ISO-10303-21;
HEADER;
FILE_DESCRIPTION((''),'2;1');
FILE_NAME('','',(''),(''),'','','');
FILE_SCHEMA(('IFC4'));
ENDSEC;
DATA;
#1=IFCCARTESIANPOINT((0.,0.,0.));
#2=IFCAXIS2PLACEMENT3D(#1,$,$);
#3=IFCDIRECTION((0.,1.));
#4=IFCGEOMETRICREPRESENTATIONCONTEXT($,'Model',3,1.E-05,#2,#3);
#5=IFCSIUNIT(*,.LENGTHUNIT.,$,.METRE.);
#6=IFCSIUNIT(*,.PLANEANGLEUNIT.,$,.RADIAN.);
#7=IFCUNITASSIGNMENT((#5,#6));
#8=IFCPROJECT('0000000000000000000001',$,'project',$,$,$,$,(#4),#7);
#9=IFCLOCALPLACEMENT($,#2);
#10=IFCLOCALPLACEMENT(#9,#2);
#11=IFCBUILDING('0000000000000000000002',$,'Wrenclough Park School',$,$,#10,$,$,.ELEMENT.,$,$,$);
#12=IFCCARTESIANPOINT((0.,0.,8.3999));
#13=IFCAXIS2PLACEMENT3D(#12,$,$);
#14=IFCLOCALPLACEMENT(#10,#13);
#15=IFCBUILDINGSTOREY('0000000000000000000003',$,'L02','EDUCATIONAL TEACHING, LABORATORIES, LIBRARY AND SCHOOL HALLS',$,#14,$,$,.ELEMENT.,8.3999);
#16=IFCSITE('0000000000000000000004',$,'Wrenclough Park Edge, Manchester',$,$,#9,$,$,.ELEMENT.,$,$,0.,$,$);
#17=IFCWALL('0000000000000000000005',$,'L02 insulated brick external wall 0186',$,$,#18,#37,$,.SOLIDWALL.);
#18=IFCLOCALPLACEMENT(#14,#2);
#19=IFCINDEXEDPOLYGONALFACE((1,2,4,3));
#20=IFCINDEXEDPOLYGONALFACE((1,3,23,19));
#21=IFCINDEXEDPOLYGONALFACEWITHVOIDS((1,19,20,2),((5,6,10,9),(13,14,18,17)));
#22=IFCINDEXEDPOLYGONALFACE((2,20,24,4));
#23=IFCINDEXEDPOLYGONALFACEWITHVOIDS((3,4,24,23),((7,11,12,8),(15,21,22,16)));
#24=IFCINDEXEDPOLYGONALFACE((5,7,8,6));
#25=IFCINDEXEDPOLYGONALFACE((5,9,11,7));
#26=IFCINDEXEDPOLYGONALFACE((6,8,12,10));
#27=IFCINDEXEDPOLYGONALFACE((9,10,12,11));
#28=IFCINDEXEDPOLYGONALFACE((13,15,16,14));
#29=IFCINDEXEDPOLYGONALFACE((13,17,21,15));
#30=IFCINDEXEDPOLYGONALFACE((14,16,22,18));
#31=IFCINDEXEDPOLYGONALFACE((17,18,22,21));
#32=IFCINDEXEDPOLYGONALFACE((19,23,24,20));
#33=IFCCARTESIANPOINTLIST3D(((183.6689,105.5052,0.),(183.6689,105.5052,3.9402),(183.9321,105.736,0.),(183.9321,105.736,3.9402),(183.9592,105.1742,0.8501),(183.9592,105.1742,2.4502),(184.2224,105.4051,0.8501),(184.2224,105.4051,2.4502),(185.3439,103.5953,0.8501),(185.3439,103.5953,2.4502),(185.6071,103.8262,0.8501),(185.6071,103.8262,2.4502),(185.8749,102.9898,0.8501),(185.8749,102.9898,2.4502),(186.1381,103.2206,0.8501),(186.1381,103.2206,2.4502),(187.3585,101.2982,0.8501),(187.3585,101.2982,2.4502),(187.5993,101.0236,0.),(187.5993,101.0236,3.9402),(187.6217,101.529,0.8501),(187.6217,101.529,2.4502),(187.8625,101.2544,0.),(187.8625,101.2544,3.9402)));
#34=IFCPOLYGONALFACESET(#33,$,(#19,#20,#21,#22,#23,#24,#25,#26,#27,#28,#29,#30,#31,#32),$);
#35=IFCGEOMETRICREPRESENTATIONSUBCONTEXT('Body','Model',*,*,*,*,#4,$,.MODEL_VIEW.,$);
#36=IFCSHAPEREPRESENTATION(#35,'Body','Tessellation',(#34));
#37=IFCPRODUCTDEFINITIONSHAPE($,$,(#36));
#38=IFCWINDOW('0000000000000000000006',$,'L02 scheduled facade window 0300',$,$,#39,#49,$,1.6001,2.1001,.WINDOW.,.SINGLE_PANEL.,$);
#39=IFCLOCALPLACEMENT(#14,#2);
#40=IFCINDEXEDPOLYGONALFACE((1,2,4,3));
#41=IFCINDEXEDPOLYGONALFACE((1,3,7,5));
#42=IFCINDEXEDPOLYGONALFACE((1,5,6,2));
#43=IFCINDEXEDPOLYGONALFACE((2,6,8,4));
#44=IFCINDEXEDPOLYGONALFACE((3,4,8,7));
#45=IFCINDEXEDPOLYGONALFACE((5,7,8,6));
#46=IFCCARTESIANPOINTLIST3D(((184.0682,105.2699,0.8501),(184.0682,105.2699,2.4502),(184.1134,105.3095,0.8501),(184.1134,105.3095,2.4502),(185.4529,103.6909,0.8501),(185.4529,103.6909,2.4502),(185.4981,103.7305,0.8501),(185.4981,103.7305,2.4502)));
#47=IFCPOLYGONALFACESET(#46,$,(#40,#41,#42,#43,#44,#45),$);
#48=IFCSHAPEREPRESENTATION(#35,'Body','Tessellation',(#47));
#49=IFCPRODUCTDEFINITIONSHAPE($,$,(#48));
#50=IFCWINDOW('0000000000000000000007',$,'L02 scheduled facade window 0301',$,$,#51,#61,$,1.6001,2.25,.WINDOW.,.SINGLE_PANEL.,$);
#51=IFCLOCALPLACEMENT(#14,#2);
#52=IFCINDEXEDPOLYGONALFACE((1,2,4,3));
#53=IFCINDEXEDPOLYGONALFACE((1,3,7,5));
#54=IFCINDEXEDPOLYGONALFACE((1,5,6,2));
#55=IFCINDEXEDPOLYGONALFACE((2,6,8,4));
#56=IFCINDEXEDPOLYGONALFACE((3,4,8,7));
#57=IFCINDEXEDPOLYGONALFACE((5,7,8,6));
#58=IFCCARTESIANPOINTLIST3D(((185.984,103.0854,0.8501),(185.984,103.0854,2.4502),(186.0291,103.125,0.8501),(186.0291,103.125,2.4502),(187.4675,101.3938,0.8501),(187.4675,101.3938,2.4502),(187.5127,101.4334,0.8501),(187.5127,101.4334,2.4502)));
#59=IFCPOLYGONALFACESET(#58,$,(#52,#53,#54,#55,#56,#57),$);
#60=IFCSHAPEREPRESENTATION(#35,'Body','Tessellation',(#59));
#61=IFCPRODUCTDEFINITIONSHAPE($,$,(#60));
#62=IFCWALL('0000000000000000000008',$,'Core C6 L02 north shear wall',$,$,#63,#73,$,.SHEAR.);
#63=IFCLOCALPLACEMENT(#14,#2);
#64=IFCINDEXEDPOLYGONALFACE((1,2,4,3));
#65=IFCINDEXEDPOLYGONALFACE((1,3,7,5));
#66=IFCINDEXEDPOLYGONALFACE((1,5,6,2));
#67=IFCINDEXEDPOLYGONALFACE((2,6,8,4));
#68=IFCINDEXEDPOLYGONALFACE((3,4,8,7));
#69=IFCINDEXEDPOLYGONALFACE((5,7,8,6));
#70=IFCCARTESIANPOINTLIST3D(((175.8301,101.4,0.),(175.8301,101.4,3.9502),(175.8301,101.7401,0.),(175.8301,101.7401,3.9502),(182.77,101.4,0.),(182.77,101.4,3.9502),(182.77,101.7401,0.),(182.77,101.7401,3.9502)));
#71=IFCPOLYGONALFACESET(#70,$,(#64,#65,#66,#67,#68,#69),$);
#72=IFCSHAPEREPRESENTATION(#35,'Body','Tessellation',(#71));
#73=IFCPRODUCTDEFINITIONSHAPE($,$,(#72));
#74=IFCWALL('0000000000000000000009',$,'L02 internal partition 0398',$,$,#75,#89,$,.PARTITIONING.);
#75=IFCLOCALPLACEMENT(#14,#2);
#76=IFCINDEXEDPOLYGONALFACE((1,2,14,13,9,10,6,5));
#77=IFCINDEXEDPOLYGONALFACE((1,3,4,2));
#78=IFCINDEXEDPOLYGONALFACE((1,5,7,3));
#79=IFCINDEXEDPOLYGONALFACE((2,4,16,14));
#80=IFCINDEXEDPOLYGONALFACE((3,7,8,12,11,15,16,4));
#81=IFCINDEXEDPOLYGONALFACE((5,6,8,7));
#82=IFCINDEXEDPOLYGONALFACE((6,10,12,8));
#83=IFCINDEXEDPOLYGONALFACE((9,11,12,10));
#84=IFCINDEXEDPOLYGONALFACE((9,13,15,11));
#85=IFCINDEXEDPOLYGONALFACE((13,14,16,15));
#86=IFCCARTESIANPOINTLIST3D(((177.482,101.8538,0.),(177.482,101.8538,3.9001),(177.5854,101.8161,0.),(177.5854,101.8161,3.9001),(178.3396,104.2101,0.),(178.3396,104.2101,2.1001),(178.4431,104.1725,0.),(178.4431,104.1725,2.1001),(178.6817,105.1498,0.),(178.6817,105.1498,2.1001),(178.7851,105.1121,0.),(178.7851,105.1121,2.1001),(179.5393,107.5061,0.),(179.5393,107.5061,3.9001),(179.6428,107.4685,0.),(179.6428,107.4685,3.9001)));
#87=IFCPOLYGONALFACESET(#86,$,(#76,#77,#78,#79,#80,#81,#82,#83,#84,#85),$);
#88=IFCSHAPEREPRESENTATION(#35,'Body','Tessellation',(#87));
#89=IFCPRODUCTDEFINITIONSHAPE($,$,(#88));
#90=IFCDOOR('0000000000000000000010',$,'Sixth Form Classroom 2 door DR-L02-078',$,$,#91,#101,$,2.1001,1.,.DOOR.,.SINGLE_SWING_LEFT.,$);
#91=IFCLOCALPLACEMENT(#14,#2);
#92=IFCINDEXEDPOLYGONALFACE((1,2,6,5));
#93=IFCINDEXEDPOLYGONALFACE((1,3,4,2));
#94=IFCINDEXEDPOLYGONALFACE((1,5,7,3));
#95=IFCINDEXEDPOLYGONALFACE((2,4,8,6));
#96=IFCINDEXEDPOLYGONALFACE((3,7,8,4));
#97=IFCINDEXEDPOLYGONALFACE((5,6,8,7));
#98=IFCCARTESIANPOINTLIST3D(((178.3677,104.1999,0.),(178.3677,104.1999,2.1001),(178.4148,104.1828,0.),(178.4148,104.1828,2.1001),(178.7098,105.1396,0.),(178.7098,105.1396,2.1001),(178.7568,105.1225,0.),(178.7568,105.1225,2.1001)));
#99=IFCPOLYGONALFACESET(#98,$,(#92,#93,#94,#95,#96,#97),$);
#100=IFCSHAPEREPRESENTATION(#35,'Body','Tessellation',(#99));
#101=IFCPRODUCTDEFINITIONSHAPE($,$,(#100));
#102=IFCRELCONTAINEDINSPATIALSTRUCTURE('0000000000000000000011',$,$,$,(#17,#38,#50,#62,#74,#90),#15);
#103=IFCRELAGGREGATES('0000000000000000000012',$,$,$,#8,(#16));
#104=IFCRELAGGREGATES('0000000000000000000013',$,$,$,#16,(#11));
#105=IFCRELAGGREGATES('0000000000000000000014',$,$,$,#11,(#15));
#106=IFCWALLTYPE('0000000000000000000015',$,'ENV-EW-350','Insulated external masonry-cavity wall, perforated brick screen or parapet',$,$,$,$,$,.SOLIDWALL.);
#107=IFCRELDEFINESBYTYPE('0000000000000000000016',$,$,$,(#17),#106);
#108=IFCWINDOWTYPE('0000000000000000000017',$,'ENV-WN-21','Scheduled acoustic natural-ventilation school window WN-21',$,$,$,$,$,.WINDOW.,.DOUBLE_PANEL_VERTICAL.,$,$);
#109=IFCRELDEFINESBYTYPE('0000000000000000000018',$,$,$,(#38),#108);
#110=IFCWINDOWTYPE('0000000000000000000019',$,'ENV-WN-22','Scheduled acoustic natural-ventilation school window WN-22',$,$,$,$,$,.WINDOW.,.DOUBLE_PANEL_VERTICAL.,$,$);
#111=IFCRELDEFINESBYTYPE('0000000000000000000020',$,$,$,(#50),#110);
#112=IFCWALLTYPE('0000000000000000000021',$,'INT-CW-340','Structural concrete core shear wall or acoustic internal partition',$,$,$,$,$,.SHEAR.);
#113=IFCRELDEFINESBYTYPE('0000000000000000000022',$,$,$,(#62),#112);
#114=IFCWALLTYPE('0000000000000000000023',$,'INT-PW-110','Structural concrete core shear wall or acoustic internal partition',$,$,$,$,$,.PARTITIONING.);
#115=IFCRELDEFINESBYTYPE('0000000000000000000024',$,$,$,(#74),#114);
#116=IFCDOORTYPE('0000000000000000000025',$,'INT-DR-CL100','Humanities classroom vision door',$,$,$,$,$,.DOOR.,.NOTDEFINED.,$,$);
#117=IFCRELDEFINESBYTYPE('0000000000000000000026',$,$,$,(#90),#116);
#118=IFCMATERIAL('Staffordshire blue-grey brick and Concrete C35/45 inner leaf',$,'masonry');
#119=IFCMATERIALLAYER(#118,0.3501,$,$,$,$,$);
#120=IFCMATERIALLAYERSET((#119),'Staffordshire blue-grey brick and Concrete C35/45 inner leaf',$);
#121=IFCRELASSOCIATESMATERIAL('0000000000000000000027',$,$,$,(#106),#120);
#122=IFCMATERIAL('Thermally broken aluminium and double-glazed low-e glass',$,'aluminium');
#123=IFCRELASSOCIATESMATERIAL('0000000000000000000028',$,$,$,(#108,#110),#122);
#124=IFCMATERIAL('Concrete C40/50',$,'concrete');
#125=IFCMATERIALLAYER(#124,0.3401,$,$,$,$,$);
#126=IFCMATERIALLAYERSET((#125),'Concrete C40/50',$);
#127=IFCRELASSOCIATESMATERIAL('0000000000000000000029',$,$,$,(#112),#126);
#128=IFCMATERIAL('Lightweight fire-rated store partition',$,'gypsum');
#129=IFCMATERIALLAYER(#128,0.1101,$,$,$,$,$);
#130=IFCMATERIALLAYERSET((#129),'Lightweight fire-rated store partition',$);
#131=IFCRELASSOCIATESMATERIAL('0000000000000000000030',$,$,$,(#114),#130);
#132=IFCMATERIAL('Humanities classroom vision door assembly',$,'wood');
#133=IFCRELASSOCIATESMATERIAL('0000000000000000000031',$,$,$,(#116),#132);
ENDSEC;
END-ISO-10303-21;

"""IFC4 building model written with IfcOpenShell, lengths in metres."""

from ifc_helpers import new_model, si_unit, direction, frame, frame_2d, origin, place, context, subcontext, project, spatial, rectangle, extrude, material, layer, layer_set, type_object, element, fill, save


model = new_model("IFC4")

# Units and contexts
model_context = context("Model", 3, precision=1e-05, world=origin(), true_north=direction((0.0, 1.0)))
body_context = subcontext(model_context, "Body", "Model", "MODEL_VIEW")
ifc_project = project(units=[si_unit("LENGTHUNIT", "METRE"), si_unit("PLANEANGLEUNIT", "RADIAN")], contexts=[model_context])

# Site, building, storey
site_placement = place(None, origin())
site = spatial("IfcSite", under=ifc_project, at=site_placement, Name="Wrenclough Park Edge, Manchester", CompositionType="ELEMENT", RefElevation=0.0)
building_placement = place(site_placement, origin())
building = spatial("IfcBuilding", under=site, at=building_placement, Name="Wrenclough Park School", CompositionType="ELEMENT")
storey_placement = place(building_placement, frame((0.0, 0.0, 8.3999)))
storey = spatial("IfcBuildingStorey", under=building, at=storey_placement, Name="L02", Description="EDUCATIONAL TEACHING, LABORATORIES, LIBRARY AND SCHOOL HALLS", CompositionType="ELEMENT", Elevation=8.3999)

# Shared definitions
ifc_material_1 = material(Name="Concrete C40/50", Category="concrete")

# Wall, openings, windows
ifc_material_2 = material(Name="Thermally broken aluminium and double-glazed low-e glass", Category="aluminium")
ifc_material_3 = material(Name="Staffordshire blue-grey brick and Concrete C35/45 inner leaf", Category="masonry")
ifc_layer_1 = layer(ifc_material_3, 0.3501)
ifc_layer_set_1 = layer_set([ifc_layer_1], Name="Staffordshire blue-grey brick and Concrete C35/45 inner leaf")
wall_type_1 = type_object("IfcWallType", Name="ENV-EW-350", Description="Insulated external masonry-cavity wall, perforated brick screen or parapet", PredefinedType="SOLIDWALL", material=ifc_layer_set_1)
wall_1_placement = place(storey_placement, frame((183.8005, 105.6206, 0.0), z_axis=(0.0, 0.0, 1.0), x_axis=(0.659354, -0.751833, 0.0)))
wall_1 = element("IfcWall", 1, at=wall_1_placement, inside=storey, type_object=wall_type_1, Name="L02 insulated brick external wall 0186", PredefinedType="SOLIDWALL", context=body_context, shape_type="SweptSolid", body=[
    extrude(rectangle(XDim=5.9609, YDim=0.3501, at=frame_2d((2.9805, 0.0))), origin(), (0.0, 0.0, 1.0), 3.9402),
])
opening_1_placement = place(wall_1_placement, frame((0.4402, 0.0, 0.8501)))
opening_1 = element("IfcOpeningElement", 2, at=opening_1_placement, cuts=wall_1, PredefinedType="OPENING", context=body_context, shape_type="SweptSolid", body=[
    extrude(rectangle(XDim=2.1001, YDim=1.6001, at=frame_2d((1.05, 0.8))), frame((0.0, 0.1851, 0.0), z_axis=(0.0, -1.0, 0.0), x_axis=(1.0, 0.0, 0.0)), (0.0, 0.0, 1.0), 0.3701),
])
opening_2_placement = place(wall_1_placement, frame((3.3457, 0.0, 0.8501)))
opening_2 = element("IfcOpeningElement", 3, at=opening_2_placement, cuts=wall_1, PredefinedType="OPENING", context=body_context, shape_type="SweptSolid", body=[
    extrude(rectangle(XDim=2.25, YDim=1.6001, at=frame_2d((1.125, 0.8))), frame((0.0, 0.1851, 0.0), z_axis=(0.0, -1.0, 0.0), x_axis=(1.0, 0.0, 0.0)), (0.0, 0.0, 1.0), 0.3701),
])
window_type_1 = type_object("IfcWindowType", Name="ENV-WN-21", Description="Scheduled acoustic natural-ventilation school window WN-21", PartitioningType="DOUBLE_PANEL_VERTICAL", PredefinedType="WINDOW", material=ifc_material_2)
window_1_placement = place(opening_1_placement, origin())
window_1 = element("IfcWindow", 4, at=window_1_placement, inside=storey, type_object=window_type_1, Name="L02 scheduled facade window 0300", OverallHeight=1.6001, OverallWidth=2.1001, PartitioningType="SINGLE_PANEL", PredefinedType="WINDOW", context=body_context, shape_type="SweptSolid", body=[
    extrude(rectangle(XDim=2.1001, YDim=1.6001, at=frame_2d((1.05, 0.8))), frame((0.0, 0.03, 0.0), z_axis=(0.0, -1.0, 0.0), x_axis=(1.0, 0.0, 0.0)), (0.0, 0.0, 1.0), 0.0601),
])
fill(opening_1, window_1)
window_type_2 = type_object("IfcWindowType", Name="ENV-WN-22", Description="Scheduled acoustic natural-ventilation school window WN-22", PartitioningType="DOUBLE_PANEL_VERTICAL", PredefinedType="WINDOW", material=ifc_material_2)
window_2_placement = place(opening_2_placement, origin())
window_2 = element("IfcWindow", 5, at=window_2_placement, inside=storey, type_object=window_type_2, Name="L02 scheduled facade window 0301", OverallHeight=1.6001, OverallWidth=2.25, PartitioningType="SINGLE_PANEL", PredefinedType="WINDOW", context=body_context, shape_type="SweptSolid", body=[
    extrude(rectangle(XDim=2.25, YDim=1.6001, at=frame_2d((1.125, 0.8))), frame((0.0, 0.03, 0.0), z_axis=(0.0, -1.0, 0.0), x_axis=(1.0, 0.0, 0.0)), (0.0, 0.0, 1.0), 0.0601),
])
fill(opening_2, window_2)

# Wall
ifc_layer_2 = layer(ifc_material_1, 0.3401)
ifc_layer_set_2 = layer_set([ifc_layer_2], Name="Concrete C40/50")
wall_type_2 = type_object("IfcWallType", Name="INT-CW-340", Description="Structural concrete core shear wall or acoustic internal partition", PredefinedType="SHEAR", material=ifc_layer_set_2)
wall_2_placement = place(storey_placement, frame((182.77, 101.5701, 0.0), z_axis=(0.0, 0.0, 1.0), x_axis=(-1.0, 0.0, 0.0)))
element("IfcWall", 6, at=wall_2_placement, inside=storey, type_object=wall_type_2, Name="Core C6 L02 north shear wall", PredefinedType="SHEAR", context=body_context, shape_type="SweptSolid", body=[
    extrude(rectangle(XDim=6.9399, YDim=0.3401, at=frame_2d((3.47, 0.0))), origin(), (0.0, 0.0, 1.0), 3.9502),
])

# Wall, opening, door
ifc_material_4 = material(Name="Lightweight fire-rated store partition", Category="gypsum")
ifc_layer_3 = layer(ifc_material_4, 0.1101)
ifc_layer_set_3 = layer_set([ifc_layer_3], Name="Lightweight fire-rated store partition")
wall_type_3 = type_object("IfcWallType", Name="INT-PW-110", Description="Structural concrete core shear wall or acoustic internal partition", PredefinedType="PARTITIONING", material=ifc_layer_set_3)
wall_3_placement = place(storey_placement, frame((179.5911, 107.4873, 0.0), z_axis=(0.0, 0.0, 1.0), x_axis=(-0.342033, -0.939688, 0.0)))
wall_3 = element("IfcWall", 7, at=wall_3_placement, inside=storey, type_object=wall_type_3, Name="L02 internal partition 0398", PredefinedType="PARTITIONING", context=body_context, shape_type="SweptSolid", body=[
    extrude(rectangle(XDim=6.0151, YDim=0.1101, at=frame_2d((3.0076, 0.0))), origin(), (0.0, 0.0, 1.0), 3.9001),
])
opening_3_placement = place(wall_3_placement, frame((2.5076, 0.0, 0.0)))
opening_3 = element("IfcOpeningElement", 8, at=opening_3_placement, cuts=wall_3, PredefinedType="OPENING", context=body_context, shape_type="SweptSolid", body=[
    extrude(rectangle(XDim=1.0, YDim=2.1001, at=frame_2d((0.5, 1.05))), frame((0.0, 0.0649, 0.0), z_axis=(0.0, -1.0, 0.0), x_axis=(1.0, 0.0, 0.0)), (0.0, 0.0, 1.0), 0.1301),
])
ifc_material_5 = material(Name="Humanities classroom vision door assembly", Category="wood")
door_type = type_object("IfcDoorType", Name="INT-DR-CL100", Description="Humanities classroom vision door", OperationType="NOTDEFINED", PredefinedType="DOOR", material=ifc_material_5)
door_placement = place(opening_3_placement, origin())
door = element("IfcDoor", 9, at=door_placement, inside=storey, type_object=door_type, Name="Sixth Form Classroom 2 door DR-L02-078", OperationType="SINGLE_SWING_LEFT", OverallHeight=2.1001, OverallWidth=1.0, PredefinedType="DOOR", context=body_context, shape_type="SweptSolid", body=[
    extrude(rectangle(XDim=1.0, YDim=2.1001, at=frame_2d((0.5, 1.05))), frame((0.0, 0.0249, 0.0), z_axis=(0.0, -1.0, 0.0), x_axis=(1.0, 0.0, 0.0)), (0.0, 0.0, 1.0), 0.05),
])
fill(opening_3, door)

save(model, "model.ifc")
